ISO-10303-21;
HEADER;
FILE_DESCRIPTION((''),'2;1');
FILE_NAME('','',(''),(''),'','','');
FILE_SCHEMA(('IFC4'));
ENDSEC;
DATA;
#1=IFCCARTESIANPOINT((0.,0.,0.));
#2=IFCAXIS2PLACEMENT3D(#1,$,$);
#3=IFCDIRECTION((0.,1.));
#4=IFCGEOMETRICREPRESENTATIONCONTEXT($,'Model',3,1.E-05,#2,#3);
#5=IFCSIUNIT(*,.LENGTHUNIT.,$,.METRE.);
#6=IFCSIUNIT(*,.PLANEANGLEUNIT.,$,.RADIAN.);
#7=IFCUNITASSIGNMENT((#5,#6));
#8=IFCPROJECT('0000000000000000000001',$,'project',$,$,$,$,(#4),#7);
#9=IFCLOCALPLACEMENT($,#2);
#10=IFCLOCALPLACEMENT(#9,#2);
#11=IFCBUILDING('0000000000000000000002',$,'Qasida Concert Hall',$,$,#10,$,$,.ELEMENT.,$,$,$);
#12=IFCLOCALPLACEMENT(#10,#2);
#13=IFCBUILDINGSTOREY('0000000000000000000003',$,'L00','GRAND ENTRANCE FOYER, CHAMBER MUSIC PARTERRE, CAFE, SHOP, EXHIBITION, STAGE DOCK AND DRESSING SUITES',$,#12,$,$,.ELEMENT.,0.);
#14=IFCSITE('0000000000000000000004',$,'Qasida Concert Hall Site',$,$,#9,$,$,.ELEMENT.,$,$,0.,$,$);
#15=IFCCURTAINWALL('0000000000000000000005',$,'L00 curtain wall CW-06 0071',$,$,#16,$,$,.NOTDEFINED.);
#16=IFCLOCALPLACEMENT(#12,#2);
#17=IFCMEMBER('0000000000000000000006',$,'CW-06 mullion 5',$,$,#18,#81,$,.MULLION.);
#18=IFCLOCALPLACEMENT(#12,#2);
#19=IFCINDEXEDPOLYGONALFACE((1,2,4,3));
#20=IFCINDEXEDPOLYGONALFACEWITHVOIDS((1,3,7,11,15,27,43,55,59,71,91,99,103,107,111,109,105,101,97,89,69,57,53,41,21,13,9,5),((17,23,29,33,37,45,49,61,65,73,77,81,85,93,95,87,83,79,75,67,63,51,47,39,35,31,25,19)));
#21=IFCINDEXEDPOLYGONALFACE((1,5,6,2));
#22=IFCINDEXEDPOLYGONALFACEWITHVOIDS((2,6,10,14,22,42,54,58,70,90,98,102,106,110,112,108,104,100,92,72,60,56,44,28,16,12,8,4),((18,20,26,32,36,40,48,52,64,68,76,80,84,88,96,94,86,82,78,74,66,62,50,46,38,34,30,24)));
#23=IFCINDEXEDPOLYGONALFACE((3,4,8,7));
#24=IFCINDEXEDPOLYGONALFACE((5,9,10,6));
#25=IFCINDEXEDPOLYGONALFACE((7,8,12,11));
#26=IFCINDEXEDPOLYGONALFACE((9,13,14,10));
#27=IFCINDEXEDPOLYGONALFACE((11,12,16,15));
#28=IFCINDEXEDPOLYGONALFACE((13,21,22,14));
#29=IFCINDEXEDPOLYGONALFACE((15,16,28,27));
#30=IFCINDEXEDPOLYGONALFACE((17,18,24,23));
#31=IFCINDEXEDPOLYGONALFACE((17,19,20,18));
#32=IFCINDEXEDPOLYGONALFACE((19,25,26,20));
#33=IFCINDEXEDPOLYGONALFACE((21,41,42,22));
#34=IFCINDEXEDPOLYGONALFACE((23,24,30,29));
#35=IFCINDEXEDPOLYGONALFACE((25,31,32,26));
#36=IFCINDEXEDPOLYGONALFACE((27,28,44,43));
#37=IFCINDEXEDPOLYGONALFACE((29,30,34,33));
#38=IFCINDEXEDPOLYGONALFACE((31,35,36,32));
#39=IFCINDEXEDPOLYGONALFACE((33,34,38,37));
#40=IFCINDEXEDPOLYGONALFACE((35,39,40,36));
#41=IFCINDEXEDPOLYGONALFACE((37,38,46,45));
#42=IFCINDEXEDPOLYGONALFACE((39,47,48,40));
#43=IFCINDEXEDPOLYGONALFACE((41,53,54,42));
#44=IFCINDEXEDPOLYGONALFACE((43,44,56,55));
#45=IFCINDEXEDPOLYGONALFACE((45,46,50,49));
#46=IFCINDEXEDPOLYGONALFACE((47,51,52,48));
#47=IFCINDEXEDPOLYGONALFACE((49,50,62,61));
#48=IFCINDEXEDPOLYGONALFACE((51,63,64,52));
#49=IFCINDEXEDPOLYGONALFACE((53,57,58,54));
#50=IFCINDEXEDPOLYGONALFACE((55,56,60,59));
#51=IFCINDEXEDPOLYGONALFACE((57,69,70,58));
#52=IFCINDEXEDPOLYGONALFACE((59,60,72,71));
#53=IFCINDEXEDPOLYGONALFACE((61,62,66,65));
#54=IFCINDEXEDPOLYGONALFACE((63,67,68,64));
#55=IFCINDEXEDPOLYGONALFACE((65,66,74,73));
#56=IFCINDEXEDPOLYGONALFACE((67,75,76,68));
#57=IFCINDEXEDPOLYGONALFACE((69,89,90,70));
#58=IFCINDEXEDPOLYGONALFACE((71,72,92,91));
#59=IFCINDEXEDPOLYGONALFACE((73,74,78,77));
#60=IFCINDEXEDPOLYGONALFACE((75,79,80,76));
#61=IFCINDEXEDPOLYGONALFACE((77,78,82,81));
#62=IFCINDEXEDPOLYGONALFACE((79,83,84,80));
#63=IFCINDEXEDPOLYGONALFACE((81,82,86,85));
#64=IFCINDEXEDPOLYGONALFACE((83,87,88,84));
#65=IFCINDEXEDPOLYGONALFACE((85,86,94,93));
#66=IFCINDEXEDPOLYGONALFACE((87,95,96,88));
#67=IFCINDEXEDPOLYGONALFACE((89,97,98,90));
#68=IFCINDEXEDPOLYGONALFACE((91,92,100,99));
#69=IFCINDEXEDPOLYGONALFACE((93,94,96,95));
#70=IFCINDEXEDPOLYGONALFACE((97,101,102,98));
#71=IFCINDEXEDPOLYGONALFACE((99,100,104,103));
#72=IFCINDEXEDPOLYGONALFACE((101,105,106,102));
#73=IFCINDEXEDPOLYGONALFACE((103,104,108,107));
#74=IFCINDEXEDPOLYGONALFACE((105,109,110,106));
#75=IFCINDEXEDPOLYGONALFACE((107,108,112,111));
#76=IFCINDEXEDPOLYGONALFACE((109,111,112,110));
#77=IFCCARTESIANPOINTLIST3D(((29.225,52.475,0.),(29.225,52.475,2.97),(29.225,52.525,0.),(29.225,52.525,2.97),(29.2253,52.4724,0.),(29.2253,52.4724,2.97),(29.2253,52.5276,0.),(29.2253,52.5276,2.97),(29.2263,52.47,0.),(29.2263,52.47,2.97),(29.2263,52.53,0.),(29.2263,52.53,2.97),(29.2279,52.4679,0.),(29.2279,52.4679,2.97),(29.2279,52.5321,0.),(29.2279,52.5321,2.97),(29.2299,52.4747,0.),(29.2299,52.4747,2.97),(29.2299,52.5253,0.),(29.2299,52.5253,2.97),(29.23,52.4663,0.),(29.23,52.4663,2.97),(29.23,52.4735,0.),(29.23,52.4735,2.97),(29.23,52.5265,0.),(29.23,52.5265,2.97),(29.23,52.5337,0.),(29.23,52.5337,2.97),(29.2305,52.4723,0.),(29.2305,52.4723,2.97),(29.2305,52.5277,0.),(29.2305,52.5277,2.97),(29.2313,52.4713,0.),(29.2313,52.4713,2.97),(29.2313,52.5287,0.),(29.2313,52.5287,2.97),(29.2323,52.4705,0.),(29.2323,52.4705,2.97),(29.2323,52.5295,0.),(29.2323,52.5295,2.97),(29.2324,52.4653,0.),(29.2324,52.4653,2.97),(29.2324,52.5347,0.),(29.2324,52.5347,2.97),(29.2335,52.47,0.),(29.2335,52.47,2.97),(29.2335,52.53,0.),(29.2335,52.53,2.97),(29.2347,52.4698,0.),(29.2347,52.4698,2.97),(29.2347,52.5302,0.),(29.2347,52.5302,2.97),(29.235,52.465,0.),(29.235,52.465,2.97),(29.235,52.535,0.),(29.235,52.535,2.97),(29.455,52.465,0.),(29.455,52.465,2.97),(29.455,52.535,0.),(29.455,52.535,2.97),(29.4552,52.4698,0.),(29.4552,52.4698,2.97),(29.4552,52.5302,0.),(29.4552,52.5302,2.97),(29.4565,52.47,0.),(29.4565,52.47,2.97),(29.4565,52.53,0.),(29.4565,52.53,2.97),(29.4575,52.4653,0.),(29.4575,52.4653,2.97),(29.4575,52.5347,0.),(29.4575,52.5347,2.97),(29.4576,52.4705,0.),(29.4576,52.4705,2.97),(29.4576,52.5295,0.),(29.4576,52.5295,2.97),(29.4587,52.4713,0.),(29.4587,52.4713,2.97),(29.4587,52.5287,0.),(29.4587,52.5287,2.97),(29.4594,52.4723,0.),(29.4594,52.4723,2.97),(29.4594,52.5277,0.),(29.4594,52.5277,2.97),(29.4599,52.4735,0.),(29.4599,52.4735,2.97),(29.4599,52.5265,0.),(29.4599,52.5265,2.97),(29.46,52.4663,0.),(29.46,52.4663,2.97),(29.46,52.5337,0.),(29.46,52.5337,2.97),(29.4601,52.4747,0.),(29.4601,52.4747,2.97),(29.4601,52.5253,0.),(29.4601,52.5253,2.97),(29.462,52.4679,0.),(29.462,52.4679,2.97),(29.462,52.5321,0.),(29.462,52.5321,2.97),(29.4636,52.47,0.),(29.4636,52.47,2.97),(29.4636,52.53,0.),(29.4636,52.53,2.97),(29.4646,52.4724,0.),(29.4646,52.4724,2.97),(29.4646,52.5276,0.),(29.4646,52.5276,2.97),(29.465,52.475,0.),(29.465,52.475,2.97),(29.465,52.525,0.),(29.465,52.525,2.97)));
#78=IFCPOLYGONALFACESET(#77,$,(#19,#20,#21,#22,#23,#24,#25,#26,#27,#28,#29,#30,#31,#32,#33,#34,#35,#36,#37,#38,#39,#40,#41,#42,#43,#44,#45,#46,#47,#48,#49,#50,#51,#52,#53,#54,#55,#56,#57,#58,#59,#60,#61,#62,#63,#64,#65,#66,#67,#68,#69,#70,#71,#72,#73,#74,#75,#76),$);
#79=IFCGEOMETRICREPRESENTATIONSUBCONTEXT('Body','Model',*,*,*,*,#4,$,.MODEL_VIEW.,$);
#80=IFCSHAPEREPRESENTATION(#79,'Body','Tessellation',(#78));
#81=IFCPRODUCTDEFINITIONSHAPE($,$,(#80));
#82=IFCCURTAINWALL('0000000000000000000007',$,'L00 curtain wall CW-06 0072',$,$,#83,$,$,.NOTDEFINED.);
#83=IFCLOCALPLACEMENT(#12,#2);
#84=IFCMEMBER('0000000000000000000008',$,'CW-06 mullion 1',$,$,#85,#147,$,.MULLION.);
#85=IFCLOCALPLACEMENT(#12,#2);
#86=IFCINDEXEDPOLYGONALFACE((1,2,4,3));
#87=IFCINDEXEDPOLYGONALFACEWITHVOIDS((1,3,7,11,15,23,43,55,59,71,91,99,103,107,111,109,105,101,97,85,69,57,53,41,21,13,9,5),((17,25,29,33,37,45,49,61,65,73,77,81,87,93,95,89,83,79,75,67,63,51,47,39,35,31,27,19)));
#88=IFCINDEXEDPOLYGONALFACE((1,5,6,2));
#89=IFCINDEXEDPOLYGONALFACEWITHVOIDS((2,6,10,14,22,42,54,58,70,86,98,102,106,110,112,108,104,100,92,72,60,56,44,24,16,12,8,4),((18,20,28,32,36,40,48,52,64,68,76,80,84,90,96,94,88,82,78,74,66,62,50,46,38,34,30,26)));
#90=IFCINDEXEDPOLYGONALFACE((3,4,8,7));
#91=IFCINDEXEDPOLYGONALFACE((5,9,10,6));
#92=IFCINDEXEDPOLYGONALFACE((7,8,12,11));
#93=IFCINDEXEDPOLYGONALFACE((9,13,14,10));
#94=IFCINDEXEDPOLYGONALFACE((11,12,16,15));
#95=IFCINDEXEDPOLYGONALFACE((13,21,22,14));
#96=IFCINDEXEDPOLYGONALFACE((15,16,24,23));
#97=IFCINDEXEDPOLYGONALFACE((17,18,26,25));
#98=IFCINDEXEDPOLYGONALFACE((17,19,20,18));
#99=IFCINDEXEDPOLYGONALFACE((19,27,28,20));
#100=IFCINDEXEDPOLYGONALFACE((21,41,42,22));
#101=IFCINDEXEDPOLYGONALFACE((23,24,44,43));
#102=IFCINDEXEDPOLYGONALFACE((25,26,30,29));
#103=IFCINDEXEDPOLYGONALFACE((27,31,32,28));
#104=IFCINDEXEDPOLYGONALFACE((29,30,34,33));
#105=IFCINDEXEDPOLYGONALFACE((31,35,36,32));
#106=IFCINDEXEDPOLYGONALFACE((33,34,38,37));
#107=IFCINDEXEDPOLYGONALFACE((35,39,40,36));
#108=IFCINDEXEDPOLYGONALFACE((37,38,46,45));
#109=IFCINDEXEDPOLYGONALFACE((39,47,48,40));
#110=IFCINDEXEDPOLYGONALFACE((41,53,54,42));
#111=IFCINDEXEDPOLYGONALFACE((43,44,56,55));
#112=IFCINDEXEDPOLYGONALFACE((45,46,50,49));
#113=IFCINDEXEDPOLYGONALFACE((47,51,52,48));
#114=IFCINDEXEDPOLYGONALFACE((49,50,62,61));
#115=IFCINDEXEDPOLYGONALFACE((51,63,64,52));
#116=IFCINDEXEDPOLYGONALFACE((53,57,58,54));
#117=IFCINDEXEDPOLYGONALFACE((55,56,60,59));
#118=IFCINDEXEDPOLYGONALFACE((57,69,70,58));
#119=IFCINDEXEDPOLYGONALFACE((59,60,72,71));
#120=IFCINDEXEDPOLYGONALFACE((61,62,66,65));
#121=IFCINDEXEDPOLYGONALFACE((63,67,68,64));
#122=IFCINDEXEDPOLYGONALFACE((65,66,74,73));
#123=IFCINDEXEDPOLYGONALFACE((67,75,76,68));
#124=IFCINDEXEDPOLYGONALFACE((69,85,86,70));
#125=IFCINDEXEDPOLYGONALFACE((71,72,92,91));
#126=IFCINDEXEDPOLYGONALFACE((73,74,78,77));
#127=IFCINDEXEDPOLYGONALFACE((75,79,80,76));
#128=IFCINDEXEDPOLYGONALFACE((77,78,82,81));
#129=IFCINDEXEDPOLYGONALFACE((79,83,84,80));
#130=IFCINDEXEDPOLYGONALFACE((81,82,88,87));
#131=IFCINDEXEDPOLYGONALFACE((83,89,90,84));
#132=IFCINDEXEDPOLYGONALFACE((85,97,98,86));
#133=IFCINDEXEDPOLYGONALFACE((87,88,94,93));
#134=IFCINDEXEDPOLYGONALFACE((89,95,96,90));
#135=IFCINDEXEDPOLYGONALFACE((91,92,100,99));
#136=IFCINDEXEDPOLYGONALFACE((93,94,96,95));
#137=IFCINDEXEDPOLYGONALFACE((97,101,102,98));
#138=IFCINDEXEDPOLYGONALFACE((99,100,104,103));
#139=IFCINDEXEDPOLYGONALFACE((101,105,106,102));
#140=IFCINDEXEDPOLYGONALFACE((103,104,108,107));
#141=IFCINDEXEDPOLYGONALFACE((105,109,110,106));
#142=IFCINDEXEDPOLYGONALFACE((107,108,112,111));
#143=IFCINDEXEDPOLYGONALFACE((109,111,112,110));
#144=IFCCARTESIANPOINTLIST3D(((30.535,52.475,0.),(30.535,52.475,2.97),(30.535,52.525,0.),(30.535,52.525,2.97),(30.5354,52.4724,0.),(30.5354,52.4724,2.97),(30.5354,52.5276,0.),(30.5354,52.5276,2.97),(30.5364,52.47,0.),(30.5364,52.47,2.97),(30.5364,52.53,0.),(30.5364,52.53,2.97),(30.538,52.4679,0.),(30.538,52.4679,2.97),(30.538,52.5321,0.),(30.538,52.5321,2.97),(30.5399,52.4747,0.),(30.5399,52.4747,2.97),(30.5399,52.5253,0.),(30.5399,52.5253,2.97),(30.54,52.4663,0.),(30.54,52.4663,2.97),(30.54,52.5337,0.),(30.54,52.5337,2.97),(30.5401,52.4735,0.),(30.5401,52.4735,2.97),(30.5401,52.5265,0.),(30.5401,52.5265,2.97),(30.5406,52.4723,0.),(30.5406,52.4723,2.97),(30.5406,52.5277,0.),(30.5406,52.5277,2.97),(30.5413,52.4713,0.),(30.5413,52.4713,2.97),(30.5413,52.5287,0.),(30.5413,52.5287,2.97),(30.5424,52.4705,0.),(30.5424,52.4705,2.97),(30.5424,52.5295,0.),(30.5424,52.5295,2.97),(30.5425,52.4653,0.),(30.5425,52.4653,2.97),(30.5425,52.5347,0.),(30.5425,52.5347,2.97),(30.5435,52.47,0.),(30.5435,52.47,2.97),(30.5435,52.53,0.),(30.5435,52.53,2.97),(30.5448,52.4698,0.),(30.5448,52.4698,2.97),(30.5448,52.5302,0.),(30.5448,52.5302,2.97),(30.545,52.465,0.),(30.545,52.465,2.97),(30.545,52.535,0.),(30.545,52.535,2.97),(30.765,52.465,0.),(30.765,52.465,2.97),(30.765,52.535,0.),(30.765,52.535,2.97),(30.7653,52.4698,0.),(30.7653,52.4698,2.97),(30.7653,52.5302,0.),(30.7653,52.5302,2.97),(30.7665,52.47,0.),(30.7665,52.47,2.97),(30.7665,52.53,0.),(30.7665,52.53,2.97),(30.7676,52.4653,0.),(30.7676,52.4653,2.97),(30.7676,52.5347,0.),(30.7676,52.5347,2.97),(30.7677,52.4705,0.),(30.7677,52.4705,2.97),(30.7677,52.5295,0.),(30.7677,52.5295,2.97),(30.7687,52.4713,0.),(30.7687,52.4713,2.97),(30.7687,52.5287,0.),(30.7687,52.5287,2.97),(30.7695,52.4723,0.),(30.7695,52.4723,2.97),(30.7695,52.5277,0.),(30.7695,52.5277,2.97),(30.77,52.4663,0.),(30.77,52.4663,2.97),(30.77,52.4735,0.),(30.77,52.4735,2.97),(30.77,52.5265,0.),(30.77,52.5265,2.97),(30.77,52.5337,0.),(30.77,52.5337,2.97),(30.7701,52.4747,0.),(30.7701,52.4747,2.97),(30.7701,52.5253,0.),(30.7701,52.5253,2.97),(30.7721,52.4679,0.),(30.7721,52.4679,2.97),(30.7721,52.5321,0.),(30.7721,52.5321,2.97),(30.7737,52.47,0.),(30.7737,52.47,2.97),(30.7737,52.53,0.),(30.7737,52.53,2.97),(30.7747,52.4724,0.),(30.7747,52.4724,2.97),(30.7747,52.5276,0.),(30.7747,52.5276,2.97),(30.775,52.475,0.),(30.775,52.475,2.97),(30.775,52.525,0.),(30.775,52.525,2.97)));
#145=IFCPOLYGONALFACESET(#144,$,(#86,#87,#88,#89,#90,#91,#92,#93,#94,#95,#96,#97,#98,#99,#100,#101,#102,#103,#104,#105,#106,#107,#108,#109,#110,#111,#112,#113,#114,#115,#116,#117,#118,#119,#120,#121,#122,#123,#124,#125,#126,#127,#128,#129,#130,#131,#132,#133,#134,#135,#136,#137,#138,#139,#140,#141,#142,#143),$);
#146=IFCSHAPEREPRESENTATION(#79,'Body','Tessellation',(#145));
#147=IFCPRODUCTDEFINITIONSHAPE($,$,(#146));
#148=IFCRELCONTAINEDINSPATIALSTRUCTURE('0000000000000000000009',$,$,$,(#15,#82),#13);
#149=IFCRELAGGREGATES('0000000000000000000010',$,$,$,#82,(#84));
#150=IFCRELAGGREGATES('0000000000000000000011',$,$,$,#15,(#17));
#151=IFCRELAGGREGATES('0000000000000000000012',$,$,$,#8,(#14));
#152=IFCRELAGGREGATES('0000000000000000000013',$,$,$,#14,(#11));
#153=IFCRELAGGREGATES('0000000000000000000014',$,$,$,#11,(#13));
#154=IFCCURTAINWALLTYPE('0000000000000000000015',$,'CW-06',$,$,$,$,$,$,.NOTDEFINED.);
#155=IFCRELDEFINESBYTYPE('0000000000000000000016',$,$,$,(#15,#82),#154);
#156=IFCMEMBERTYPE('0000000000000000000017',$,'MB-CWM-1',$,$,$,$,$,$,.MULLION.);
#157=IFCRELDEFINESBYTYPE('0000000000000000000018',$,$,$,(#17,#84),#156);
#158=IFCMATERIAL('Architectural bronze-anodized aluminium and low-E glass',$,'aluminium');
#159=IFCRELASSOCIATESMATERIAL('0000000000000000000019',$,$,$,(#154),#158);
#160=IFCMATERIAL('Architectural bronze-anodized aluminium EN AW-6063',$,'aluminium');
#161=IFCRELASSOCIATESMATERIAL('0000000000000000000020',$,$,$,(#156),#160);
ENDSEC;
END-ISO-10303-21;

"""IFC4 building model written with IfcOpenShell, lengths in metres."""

from ifc_helpers import new_model, si_unit, direction, frame, origin, origin_2d, place, context, subcontext, project, spatial, hollow_rectangle, extrude, material, material_profile, profile_set, type_object, element, aggregate, save


model = new_model("IFC4")

# Units and contexts
model_context = context("Model", 3, precision=1e-05, world=origin(), true_north=direction((0.0, 1.0)))
body_context = subcontext(model_context, "Body", "Model", "MODEL_VIEW")
ifc_project = project(units=[si_unit("LENGTHUNIT", "METRE"), si_unit("PLANEANGLEUNIT", "RADIAN")], contexts=[model_context])

# Site, building, storey
site_placement = place(None, origin())
site = spatial("IfcSite", under=ifc_project, at=site_placement, Name="Qasida Concert Hall Site", CompositionType="ELEMENT", RefElevation=0.0)
building_placement = place(site_placement, origin())
building = spatial("IfcBuilding", under=site, at=building_placement, Name="Qasida Concert Hall", CompositionType="ELEMENT")
storey_placement = place(building_placement, origin())
storey = spatial("IfcBuildingStorey", under=building, at=storey_placement, Name="L00", Description="GRAND ENTRANCE FOYER, CHAMBER MUSIC PARTERRE, CAFE, SHOP, EXHIBITION, STAGE DOCK AND DRESSING SUITES", CompositionType="ELEMENT", Elevation=0.0)

# Curtain wall, member
ifc_material_1 = material(Name="Architectural bronze-anodized aluminium and low-E glass", Category="aluminium")
curtain_wall_type = type_object("IfcCurtainWallType", Name="CW-06", PredefinedType="NOTDEFINED", material=ifc_material_1)
curtain_wall_1_placement = place(storey_placement, origin())
curtain_wall_1 = element("IfcCurtainWall", 1, at=curtain_wall_1_placement, inside=storey, type_object=curtain_wall_type, Name="L00 curtain wall CW-06 0071", PredefinedType="NOTDEFINED")
ifc_material_2 = material(Name="Architectural bronze-anodized aluminium EN AW-6063", Category="aluminium")
ifc_material_profile_1 = material_profile(ifc_material_2, hollow_rectangle(XDim=0.0701, YDim=0.24, WallThickness=0.0049, InnerFilletRadius=0.0049, OuterFilletRadius=0.01, at=origin_2d()), Name="CWM 240x70x5")
ifc_profile_set_1 = profile_set([ifc_material_profile_1], Name="Architectural bronze-anodized aluminium EN AW-6063")
member_type_1 = type_object("IfcMemberType", Name="MB-CWM-1", PredefinedType="MULLION", material=ifc_profile_set_1)
member_1_placement = place(storey_placement, frame((29.345, 52.5, 0.0), z_axis=(0.0, 0.0, 1.0), x_axis=(0.0, 1.0, 0.0)))
member_1 = element("IfcMember", 2, at=member_1_placement, type_object=member_type_1, Name="CW-06 mullion 5", PredefinedType="MULLION", context=body_context, shape_type="SweptSolid", body=[
    extrude(hollow_rectangle(XDim=0.0701, YDim=0.24, WallThickness=0.0049, InnerFilletRadius=0.0049, OuterFilletRadius=0.01, at=origin_2d()), origin(), (0.0, 0.0, 1.0), 2.97),
])

# Curtain wall, member
curtain_wall_2_placement = place(storey_placement, origin())
curtain_wall_2 = element("IfcCurtainWall", 3, at=curtain_wall_2_placement, inside=storey, type_object=curtain_wall_type, Name="L00 curtain wall CW-06 0072", PredefinedType="NOTDEFINED")
member_2_placement = place(storey_placement, frame((30.655, 52.5, 0.0), z_axis=(0.0, 0.0, 1.0), x_axis=(0.0, 1.0, 0.0)))
member_2 = element("IfcMember", 4, at=member_2_placement, type_object=member_type_1, Name="CW-06 mullion 1", PredefinedType="MULLION", context=body_context, shape_type="SweptSolid", body=[
    extrude(hollow_rectangle(XDim=0.0701, YDim=0.24, WallThickness=0.0049, InnerFilletRadius=0.0049, OuterFilletRadius=0.01, at=origin_2d()), origin(), (0.0, 0.0, 1.0), 2.97),
])

aggregate(curtain_wall_2, [member_2])

aggregate(curtain_wall_1, [member_1])

save(model, "model.ifc")
